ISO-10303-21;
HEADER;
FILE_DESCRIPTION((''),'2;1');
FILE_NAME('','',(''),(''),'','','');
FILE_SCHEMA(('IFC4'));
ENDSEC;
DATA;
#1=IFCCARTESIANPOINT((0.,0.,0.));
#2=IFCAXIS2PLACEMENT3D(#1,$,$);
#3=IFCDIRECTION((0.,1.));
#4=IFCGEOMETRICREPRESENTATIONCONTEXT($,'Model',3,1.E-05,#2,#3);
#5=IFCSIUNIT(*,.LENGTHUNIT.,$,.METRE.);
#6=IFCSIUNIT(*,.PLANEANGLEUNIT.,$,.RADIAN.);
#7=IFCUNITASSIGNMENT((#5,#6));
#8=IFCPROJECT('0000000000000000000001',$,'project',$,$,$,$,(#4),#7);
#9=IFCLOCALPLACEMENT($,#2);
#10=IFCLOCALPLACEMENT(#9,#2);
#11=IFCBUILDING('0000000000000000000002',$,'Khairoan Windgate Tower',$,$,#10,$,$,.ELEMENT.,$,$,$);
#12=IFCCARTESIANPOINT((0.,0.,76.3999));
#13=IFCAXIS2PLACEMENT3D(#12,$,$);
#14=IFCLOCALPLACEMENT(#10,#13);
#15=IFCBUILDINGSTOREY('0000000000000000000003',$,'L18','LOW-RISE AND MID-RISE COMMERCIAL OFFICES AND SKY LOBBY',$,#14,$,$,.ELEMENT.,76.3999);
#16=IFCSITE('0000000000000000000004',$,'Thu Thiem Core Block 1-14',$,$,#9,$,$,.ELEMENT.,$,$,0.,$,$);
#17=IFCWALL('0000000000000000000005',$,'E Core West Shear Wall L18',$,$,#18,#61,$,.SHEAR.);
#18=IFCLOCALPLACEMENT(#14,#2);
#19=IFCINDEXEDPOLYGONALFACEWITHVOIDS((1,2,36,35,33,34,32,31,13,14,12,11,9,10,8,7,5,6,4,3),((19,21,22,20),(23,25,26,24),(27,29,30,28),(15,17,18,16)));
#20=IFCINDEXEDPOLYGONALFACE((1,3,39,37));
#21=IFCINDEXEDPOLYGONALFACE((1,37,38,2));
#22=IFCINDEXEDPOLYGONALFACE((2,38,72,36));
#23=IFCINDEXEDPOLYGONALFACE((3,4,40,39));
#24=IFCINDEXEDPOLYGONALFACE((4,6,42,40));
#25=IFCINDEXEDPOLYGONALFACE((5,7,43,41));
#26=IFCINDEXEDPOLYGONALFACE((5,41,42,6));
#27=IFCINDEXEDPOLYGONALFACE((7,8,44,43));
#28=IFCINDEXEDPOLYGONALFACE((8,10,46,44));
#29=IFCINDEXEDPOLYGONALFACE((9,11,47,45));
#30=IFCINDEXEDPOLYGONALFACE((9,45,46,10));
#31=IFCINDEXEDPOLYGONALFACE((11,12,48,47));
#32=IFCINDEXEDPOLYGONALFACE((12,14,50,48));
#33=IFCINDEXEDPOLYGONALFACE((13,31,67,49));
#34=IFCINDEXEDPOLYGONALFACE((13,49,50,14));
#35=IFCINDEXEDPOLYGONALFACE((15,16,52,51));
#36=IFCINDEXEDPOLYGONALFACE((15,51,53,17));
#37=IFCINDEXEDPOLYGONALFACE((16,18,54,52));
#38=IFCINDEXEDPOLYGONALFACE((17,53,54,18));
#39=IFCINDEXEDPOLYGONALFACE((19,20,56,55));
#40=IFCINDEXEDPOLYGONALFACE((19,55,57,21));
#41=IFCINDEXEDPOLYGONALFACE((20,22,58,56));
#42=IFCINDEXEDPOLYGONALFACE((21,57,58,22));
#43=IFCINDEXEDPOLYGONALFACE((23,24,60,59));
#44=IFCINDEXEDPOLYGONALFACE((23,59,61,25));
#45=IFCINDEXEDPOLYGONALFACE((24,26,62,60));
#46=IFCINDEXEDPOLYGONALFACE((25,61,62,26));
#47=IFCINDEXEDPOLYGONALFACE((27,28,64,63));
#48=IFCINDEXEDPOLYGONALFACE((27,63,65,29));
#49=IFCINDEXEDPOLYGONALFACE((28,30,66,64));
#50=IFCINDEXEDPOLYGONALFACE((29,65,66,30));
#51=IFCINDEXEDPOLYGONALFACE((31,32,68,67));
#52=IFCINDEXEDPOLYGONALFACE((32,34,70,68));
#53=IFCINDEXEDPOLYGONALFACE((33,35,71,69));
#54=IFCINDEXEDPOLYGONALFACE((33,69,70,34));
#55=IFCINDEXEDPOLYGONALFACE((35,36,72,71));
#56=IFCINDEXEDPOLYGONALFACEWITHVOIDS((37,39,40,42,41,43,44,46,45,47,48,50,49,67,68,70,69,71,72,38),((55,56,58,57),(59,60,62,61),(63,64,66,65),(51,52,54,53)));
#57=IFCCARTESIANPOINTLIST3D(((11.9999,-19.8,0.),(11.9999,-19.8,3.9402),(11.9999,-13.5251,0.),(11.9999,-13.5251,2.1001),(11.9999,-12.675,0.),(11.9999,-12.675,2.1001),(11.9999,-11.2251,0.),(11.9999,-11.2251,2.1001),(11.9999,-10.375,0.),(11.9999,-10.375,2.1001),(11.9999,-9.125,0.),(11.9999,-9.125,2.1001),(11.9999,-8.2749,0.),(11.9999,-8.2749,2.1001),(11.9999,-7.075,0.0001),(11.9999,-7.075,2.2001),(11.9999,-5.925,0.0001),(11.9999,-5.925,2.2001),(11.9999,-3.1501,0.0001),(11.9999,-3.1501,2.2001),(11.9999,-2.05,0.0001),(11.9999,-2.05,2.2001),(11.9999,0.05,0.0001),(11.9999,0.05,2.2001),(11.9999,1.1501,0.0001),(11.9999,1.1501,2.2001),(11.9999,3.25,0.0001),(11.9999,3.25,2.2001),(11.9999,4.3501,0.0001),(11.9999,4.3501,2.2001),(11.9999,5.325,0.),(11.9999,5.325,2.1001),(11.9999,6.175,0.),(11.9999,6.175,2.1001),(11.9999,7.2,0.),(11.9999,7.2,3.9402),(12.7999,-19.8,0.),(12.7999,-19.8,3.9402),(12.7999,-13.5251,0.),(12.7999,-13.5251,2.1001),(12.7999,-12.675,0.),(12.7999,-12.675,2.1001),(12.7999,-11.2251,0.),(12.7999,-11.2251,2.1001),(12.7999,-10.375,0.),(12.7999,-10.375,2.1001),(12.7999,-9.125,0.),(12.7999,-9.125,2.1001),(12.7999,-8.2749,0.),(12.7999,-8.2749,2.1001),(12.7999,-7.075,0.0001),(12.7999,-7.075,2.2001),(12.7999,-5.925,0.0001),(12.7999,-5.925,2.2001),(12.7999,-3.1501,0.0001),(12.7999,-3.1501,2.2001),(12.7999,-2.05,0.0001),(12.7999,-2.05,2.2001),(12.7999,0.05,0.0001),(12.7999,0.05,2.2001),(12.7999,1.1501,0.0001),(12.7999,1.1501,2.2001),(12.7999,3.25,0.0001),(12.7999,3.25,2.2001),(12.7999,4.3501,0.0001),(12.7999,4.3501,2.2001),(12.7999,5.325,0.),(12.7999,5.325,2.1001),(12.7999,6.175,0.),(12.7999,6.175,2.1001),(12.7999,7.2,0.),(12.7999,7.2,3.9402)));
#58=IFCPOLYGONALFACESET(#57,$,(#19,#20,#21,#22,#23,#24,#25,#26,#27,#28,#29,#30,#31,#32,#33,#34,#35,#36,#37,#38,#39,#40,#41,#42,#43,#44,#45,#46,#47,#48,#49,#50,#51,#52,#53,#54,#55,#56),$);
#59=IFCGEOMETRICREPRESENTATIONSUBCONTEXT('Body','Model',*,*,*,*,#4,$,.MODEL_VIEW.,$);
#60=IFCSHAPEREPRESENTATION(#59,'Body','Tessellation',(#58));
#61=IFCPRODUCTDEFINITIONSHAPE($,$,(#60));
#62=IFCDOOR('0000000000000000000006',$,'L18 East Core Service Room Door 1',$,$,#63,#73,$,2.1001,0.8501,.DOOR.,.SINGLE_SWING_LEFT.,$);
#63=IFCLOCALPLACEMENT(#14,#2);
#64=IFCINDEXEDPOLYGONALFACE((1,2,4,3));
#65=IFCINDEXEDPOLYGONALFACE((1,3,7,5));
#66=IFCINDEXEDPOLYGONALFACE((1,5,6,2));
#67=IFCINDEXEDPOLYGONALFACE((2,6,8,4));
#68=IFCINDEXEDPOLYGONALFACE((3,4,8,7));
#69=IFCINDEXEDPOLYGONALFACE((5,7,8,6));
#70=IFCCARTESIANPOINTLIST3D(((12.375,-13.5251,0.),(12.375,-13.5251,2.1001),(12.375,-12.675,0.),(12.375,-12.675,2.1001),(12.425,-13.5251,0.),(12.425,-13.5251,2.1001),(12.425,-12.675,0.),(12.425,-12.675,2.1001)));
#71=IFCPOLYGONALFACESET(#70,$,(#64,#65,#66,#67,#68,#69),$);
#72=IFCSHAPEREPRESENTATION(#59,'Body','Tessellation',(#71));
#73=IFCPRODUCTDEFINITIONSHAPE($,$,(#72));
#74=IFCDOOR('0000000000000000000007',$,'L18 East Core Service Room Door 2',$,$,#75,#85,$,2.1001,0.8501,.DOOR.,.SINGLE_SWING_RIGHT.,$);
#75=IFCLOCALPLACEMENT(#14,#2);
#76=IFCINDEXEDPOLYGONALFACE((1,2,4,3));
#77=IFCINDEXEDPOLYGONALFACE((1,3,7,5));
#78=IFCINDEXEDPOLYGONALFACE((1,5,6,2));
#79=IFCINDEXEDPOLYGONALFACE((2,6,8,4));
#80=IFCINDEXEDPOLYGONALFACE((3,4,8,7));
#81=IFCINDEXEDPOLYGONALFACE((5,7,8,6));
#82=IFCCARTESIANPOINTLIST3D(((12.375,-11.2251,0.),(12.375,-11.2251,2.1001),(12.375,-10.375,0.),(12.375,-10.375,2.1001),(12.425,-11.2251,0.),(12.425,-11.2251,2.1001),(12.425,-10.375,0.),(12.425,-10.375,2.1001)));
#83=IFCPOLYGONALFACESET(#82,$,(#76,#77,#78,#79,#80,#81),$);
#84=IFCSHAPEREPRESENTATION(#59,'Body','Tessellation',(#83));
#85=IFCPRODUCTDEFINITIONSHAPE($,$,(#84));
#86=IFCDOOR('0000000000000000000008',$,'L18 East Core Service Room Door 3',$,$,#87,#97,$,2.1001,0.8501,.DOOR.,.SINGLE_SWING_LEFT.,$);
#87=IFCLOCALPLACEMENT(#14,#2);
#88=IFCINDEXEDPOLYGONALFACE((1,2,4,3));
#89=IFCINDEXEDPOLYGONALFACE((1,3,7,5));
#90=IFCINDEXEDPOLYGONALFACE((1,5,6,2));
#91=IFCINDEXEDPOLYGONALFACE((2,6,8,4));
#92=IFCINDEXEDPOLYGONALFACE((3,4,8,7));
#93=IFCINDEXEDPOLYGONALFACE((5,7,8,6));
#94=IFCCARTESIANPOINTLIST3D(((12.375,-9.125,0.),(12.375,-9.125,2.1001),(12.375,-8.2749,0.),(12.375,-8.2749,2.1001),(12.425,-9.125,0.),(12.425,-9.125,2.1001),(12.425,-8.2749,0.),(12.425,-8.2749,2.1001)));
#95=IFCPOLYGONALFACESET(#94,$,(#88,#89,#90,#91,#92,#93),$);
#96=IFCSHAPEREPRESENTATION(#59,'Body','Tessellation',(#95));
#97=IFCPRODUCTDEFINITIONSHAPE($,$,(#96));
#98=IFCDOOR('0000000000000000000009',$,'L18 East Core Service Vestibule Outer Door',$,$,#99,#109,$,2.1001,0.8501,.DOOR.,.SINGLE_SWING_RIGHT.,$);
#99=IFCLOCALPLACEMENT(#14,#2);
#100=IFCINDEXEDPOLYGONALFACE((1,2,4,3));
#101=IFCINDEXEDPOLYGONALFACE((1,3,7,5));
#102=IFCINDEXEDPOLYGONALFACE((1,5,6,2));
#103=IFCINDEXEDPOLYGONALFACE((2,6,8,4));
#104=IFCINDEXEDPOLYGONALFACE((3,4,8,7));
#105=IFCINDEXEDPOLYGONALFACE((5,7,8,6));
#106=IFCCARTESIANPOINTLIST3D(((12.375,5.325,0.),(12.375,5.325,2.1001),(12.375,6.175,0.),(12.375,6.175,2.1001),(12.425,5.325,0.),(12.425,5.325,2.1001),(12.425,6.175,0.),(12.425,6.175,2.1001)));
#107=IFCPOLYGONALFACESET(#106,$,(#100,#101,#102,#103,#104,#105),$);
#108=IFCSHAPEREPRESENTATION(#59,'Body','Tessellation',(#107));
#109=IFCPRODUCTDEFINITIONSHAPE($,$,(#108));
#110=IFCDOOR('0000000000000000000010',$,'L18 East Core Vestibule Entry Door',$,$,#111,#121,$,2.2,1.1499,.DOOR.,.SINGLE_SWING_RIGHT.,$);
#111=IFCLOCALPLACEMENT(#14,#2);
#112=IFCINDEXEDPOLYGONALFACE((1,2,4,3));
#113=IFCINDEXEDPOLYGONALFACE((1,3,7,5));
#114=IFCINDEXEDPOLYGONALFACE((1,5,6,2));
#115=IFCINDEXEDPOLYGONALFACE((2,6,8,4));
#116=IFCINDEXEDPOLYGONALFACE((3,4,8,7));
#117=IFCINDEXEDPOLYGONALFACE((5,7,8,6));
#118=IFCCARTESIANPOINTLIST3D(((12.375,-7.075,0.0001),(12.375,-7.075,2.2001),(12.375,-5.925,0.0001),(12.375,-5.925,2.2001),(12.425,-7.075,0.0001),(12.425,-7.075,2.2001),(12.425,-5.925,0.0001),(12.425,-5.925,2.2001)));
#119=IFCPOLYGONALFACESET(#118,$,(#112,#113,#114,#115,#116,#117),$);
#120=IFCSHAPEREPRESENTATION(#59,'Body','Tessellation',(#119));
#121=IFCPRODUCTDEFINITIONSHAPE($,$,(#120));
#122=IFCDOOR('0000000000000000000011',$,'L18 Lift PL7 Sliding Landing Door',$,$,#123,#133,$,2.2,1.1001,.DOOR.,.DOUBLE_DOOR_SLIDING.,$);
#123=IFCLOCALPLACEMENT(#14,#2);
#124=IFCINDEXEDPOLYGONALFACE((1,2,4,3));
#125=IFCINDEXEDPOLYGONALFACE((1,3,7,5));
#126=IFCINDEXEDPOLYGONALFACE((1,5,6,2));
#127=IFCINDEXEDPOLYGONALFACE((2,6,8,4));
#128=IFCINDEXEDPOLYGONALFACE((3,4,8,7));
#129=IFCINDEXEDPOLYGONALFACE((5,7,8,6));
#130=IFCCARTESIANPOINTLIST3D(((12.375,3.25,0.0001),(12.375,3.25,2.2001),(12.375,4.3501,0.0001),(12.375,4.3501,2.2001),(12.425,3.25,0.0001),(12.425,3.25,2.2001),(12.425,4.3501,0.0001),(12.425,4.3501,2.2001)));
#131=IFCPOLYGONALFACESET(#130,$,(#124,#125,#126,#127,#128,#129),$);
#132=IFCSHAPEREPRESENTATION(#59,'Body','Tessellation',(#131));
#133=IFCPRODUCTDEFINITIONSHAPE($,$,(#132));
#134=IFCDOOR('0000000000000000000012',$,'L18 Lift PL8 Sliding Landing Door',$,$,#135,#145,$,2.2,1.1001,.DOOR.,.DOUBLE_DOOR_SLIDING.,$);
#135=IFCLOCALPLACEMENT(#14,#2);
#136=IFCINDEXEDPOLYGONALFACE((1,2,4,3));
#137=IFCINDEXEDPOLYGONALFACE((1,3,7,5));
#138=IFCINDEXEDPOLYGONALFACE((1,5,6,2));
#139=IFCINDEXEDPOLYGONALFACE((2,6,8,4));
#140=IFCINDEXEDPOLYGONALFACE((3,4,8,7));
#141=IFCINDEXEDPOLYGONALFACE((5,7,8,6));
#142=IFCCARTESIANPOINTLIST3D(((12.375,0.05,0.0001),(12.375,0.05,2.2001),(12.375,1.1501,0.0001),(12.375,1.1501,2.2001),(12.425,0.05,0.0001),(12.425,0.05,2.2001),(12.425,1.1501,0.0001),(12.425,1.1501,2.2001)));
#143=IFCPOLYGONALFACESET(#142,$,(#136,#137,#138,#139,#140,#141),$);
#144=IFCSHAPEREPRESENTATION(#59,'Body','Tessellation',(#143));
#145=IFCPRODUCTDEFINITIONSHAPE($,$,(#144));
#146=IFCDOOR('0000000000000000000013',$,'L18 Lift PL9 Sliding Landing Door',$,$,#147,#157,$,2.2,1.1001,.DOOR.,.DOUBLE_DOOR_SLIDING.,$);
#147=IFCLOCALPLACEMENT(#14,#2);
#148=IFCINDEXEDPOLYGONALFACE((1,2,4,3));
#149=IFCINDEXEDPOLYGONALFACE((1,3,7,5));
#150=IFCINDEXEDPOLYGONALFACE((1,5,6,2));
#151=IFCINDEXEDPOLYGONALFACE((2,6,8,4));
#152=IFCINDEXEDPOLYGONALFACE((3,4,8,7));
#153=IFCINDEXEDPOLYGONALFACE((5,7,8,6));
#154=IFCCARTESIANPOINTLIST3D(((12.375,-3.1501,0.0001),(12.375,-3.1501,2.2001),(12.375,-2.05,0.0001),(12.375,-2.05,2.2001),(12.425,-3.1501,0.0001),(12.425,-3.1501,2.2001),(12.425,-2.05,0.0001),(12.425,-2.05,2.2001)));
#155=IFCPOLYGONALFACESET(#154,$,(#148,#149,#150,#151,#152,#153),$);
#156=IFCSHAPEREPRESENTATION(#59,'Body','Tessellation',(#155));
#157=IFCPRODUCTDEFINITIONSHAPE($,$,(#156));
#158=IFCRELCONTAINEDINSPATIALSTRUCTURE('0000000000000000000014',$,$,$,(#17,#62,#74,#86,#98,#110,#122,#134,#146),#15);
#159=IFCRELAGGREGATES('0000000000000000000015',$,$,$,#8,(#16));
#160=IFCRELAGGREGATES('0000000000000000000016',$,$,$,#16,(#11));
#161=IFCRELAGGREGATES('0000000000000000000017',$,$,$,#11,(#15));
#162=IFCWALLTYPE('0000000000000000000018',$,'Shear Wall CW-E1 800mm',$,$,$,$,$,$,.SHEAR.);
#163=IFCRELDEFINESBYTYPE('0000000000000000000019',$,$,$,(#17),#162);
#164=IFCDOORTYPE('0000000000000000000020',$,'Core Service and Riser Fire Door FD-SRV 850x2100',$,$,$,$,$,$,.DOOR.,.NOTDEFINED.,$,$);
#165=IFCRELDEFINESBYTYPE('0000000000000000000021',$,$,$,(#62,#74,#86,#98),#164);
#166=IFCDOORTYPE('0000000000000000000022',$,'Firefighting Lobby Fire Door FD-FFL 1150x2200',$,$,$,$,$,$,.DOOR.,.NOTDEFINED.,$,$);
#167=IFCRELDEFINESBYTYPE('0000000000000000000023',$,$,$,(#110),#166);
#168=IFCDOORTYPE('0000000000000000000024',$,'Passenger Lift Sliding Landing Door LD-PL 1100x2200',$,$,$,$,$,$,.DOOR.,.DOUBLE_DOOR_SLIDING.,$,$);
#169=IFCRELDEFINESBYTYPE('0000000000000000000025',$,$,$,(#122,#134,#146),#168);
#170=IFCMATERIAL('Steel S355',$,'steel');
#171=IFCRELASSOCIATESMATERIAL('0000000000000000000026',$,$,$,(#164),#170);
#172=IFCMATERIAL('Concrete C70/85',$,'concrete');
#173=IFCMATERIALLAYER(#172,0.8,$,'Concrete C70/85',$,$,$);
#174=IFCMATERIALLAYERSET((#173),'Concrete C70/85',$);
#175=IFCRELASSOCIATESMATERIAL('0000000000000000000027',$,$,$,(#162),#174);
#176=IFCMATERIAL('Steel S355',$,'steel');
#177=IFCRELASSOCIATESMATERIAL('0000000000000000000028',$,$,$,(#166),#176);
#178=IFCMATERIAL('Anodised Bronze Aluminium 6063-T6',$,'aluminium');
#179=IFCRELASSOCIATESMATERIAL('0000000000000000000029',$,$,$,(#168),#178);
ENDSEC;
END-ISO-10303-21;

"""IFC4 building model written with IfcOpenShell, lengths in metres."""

from ifc_helpers import new_model, si_unit, direction, frame, frame_2d, origin, place, context, subcontext, project, spatial, rectangle, extrude, material, layer, layer_set, type_object, element, fill, save


model = new_model("IFC4")

# Units and contexts
model_context = context("Model", 3, precision=1e-05, world=origin(), true_north=direction((0.0, 1.0)))
body_context = subcontext(model_context, "Body", "Model", "MODEL_VIEW")
ifc_project = project(units=[si_unit("LENGTHUNIT", "METRE"), si_unit("PLANEANGLEUNIT", "RADIAN")], contexts=[model_context])

# Site, building, storey
site_placement = place(None, origin())
site = spatial("IfcSite", under=ifc_project, at=site_placement, Name="Thu Thiem Core Block 1-14", CompositionType="ELEMENT", RefElevation=0.0)
building_placement = place(site_placement, origin())
building = spatial("IfcBuilding", under=site, at=building_placement, Name="Khairoan Windgate Tower", CompositionType="ELEMENT")
storey_placement = place(building_placement, frame((0.0, 0.0, 76.3999)))
storey = spatial("IfcBuildingStorey", under=building, at=storey_placement, Name="L18", Description="LOW-RISE AND MID-RISE COMMERCIAL OFFICES AND SKY LOBBY", CompositionType="ELEMENT", Elevation=76.3999)

# Shared definitions
ifc_material_1 = material(Name="Steel S355", Category="steel")
door_type_1 = type_object("IfcDoorType", Name="Core Service and Riser Fire Door FD-SRV 850x2100", OperationType="NOTDEFINED", PredefinedType="DOOR", material=ifc_material_1)

# Wall, openings, doors
ifc_material_2 = material(Name="Concrete C70/85", Category="concrete")
ifc_layer_1 = layer(ifc_material_2, 0.8, Name="Concrete C70/85")
ifc_layer_set_1 = layer_set([ifc_layer_1], Name="Concrete C70/85")
wall_type_1 = type_object("IfcWallType", Name="Shear Wall CW-E1 800mm", PredefinedType="SHEAR", material=ifc_layer_set_1)
wall_1_placement = place(storey_placement, frame((12.3999, -19.8, 0.0), z_axis=(0.0, 0.0, 1.0), x_axis=(0.0, 1.0, 0.0)))
wall_1 = element("IfcWall", 1, at=wall_1_placement, inside=storey, type_object=wall_type_1, Name="E Core West Shear Wall L18", PredefinedType="SHEAR", context=body_context, shape_type="SweptSolid", body=[
    extrude(rectangle(XDim=27.0, YDim=0.8, at=frame_2d((13.5, 0.0))), origin(), (0.0, 0.0, 1.0), 3.9402),
])
opening_1_placement = place(wall_1_placement, frame((23.05, 0.0, 0.0)))
opening_1 = element("IfcOpeningElement", 2, at=opening_1_placement, cuts=wall_1, PredefinedType="OPENING", context=body_context, shape_type="SweptSolid", body=[
    extrude(rectangle(XDim=1.1001, YDim=2.2, at=frame_2d((0.55, 1.1001))), frame((0.0, 0.4099, 0.0), z_axis=(0.0, -1.0, 0.0), x_axis=(1.0, 0.0, 0.0)), (0.0, 0.0, 1.0), 0.8201),
])
opening_2_placement = place(wall_1_placement, frame((19.8501, 0.0, 0.0)))
opening_2 = element("IfcOpeningElement", 3, at=opening_2_placement, cuts=wall_1, PredefinedType="OPENING", context=body_context, shape_type="SweptSolid", body=[
    extrude(rectangle(XDim=1.1001, YDim=2.2, at=frame_2d((0.55, 1.1001))), frame((0.0, 0.4099, 0.0), z_axis=(0.0, -1.0, 0.0), x_axis=(1.0, 0.0, 0.0)), (0.0, 0.0, 1.0), 0.8201),
])
opening_3_placement = place(wall_1_placement, frame((16.6499, 0.0, 0.0)))
opening_3 = element("IfcOpeningElement", 4, at=opening_3_placement, cuts=wall_1, PredefinedType="OPENING", context=body_context, shape_type="SweptSolid", body=[
    extrude(rectangle(XDim=1.1001, YDim=2.2, at=frame_2d((0.55, 1.1001))), frame((0.0, 0.4099, 0.0), z_axis=(0.0, -1.0, 0.0), x_axis=(1.0, 0.0, 0.0)), (0.0, 0.0, 1.0), 0.8201),
])
opening_4_placement = place(wall_1_placement, frame((6.2749, 0.0, 0.0)))
opening_4 = element("IfcOpeningElement", 5, at=opening_4_placement, cuts=wall_1, PredefinedType="OPENING", context=body_context, shape_type="SweptSolid", body=[
    extrude(rectangle(XDim=0.8501, YDim=2.1001, at=frame_2d((0.425, 1.05))), frame((0.0, 0.4099, 0.0), z_axis=(0.0, -1.0, 0.0), x_axis=(1.0, 0.0, 0.0)), (0.0, 0.0, 1.0), 0.8201),
])
opening_5_placement = place(wall_1_placement, frame((8.575, 0.0, 0.0)))
opening_5 = element("IfcOpeningElement", 6, at=opening_5_placement, cuts=wall_1, PredefinedType="OPENING", context=body_context, shape_type="SweptSolid", body=[
    extrude(rectangle(XDim=0.8501, YDim=2.1001, at=frame_2d((0.425, 1.05))), frame((0.0, 0.4099, 0.0), z_axis=(0.0, -1.0, 0.0), x_axis=(1.0, 0.0, 0.0)), (0.0, 0.0, 1.0), 0.8201),
])
opening_6_placement = place(wall_1_placement, frame((10.675, 0.0, 0.0)))
opening_6 = element("IfcOpeningElement", 7, at=opening_6_placement, cuts=wall_1, PredefinedType="OPENING", context=body_context, shape_type="SweptSolid", body=[
    extrude(rectangle(XDim=0.8501, YDim=2.1001, at=frame_2d((0.425, 1.05))), frame((0.0, 0.4099, 0.0), z_axis=(0.0, -1.0, 0.0), x_axis=(1.0, 0.0, 0.0)), (0.0, 0.0, 1.0), 0.8201),
])
opening_7_placement = place(wall_1_placement, frame((12.7251, 0.0, 0.0)))
opening_7 = element("IfcOpeningElement", 8, at=opening_7_placement, cuts=wall_1, PredefinedType="OPENING", context=body_context, shape_type="SweptSolid", body=[
    extrude(rectangle(XDim=1.1499, YDim=2.2, at=frame_2d((0.575, 1.1001))), frame((0.0, 0.4099, 0.0), z_axis=(0.0, -1.0, 0.0), x_axis=(1.0, 0.0, 0.0)), (0.0, 0.0, 1.0), 0.8201),
])
opening_8_placement = place(wall_1_placement, frame((25.125, 0.0, 0.0)))
opening_8 = element("IfcOpeningElement", 9, at=opening_8_placement, cuts=wall_1, PredefinedType="OPENING", context=body_context, shape_type="SweptSolid", body=[
    extrude(rectangle(XDim=0.8501, YDim=2.1001, at=frame_2d((0.425, 1.05))), frame((0.0, 0.4099, 0.0), z_axis=(0.0, -1.0, 0.0), x_axis=(1.0, 0.0, 0.0)), (0.0, 0.0, 1.0), 0.8201),
])
door_1_placement = place(opening_4_placement, origin())
door_1 = element("IfcDoor", 10, at=door_1_placement, inside=storey, type_object=door_type_1, Name="L18 East Core Service Room Door 1", OperationType="SINGLE_SWING_LEFT", OverallHeight=2.1001, OverallWidth=0.8501, PredefinedType="DOOR", context=body_context, shape_type="SweptSolid", body=[
    extrude(rectangle(XDim=0.8501, YDim=2.1001, at=frame_2d((0.425, 1.05))), frame((0.0, 0.0249, 0.0), z_axis=(0.0, -1.0, 0.0), x_axis=(1.0, 0.0, 0.0)), (0.0, 0.0, 1.0), 0.05),
])
fill(opening_4, door_1)
door_2_placement = place(opening_5_placement, origin())
door_2 = element("IfcDoor", 11, at=door_2_placement, inside=storey, type_object=door_type_1, Name="L18 East Core Service Room Door 2", OperationType="SINGLE_SWING_RIGHT", OverallHeight=2.1001, OverallWidth=0.8501, PredefinedType="DOOR", context=body_context, shape_type="SweptSolid", body=[
    extrude(rectangle(XDim=0.8501, YDim=2.1001, at=frame_2d((0.425, 1.05))), frame((0.0, 0.0249, 0.0), z_axis=(0.0, -1.0, 0.0), x_axis=(1.0, 0.0, 0.0)), (0.0, 0.0, 1.0), 0.05),
])
fill(opening_5, door_2)
door_3_placement = place(opening_6_placement, origin())
door_3 = element("IfcDoor", 12, at=door_3_placement, inside=storey, type_object=door_type_1, Name="L18 East Core Service Room Door 3", OperationType="SINGLE_SWING_LEFT", OverallHeight=2.1001, OverallWidth=0.8501, PredefinedType="DOOR", context=body_context, shape_type="SweptSolid", body=[
    extrude(rectangle(XDim=0.8501, YDim=2.1001, at=frame_2d((0.425, 1.05))), frame((0.0, 0.0249, 0.0), z_axis=(0.0, -1.0, 0.0), x_axis=(1.0, 0.0, 0.0)), (0.0, 0.0, 1.0), 0.05),
])
fill(opening_6, door_3)
door_4_placement = place(opening_8_placement, origin())
door_4 = element("IfcDoor", 13, at=door_4_placement, inside=storey, type_object=door_type_1, Name="L18 East Core Service Vestibule Outer Door", OperationType="SINGLE_SWING_RIGHT", OverallHeight=2.1001, OverallWidth=0.8501, PredefinedType="DOOR", context=body_context, shape_type="SweptSolid", body=[
    extrude(rectangle(XDim=0.8501, YDim=2.1001, at=frame_2d((0.425, 1.05))), frame((0.0, 0.0249, 0.0), z_axis=(0.0, -1.0, 0.0), x_axis=(1.0, 0.0, 0.0)), (0.0, 0.0, 1.0), 0.05),
])
fill(opening_8, door_4)
ifc_material_3 = material(Name="Steel S355", Category="steel")
door_type_2 = type_object("IfcDoorType", Name="Firefighting Lobby Fire Door FD-FFL 1150x2200", OperationType="NOTDEFINED", PredefinedType="DOOR", material=ifc_material_3)
door_5_placement = place(opening_7_placement, origin())
door_5 = element("IfcDoor", 14, at=door_5_placement, inside=storey, type_object=door_type_2, Name="L18 East Core Vestibule Entry Door", OperationType="SINGLE_SWING_RIGHT", OverallHeight=2.2, OverallWidth=1.1499, PredefinedType="DOOR", context=body_context, shape_type="SweptSolid", body=[
    extrude(rectangle(XDim=1.1499, YDim=2.2, at=frame_2d((0.575, 1.1001))), frame((0.0, 0.0249, 0.0), z_axis=(0.0, -1.0, 0.0), x_axis=(1.0, 0.0, 0.0)), (0.0, 0.0, 1.0), 0.05),
])
fill(opening_7, door_5)
ifc_material_4 = material(Name="Anodised Bronze Aluminium 6063-T6", Category="aluminium")
door_type_3 = type_object("IfcDoorType", Name="Passenger Lift Sliding Landing Door LD-PL 1100x2200", OperationType="DOUBLE_DOOR_SLIDING", PredefinedType="DOOR", material=ifc_material_4)
door_6_placement = place(opening_1_placement, origin())
door_6 = element("IfcDoor", 15, at=door_6_placement, inside=storey, type_object=door_type_3, Name="L18 Lift PL7 Sliding Landing Door", OperationType="DOUBLE_DOOR_SLIDING", OverallHeight=2.2, OverallWidth=1.1001, PredefinedType="DOOR", context=body_context, shape_type="SweptSolid", body=[
    extrude(rectangle(XDim=1.1001, YDim=2.2, at=frame_2d((0.55, 1.1001))), frame((0.0, 0.0249, 0.0), z_axis=(0.0, -1.0, 0.0), x_axis=(1.0, 0.0, 0.0)), (0.0, 0.0, 1.0), 0.05),
])
fill(opening_1, door_6)
door_7_placement = place(opening_2_placement, origin())
door_7 = element("IfcDoor", 16, at=door_7_placement, inside=storey, type_object=door_type_3, Name="L18 Lift PL8 Sliding Landing Door", OperationType="DOUBLE_DOOR_SLIDING", OverallHeight=2.2, OverallWidth=1.1001, PredefinedType="DOOR", context=body_context, shape_type="SweptSolid", body=[
    extrude(rectangle(XDim=1.1001, YDim=2.2, at=frame_2d((0.55, 1.1001))), frame((0.0, 0.0249, 0.0), z_axis=(0.0, -1.0, 0.0), x_axis=(1.0, 0.0, 0.0)), (0.0, 0.0, 1.0), 0.05),
])
fill(opening_2, door_7)
door_8_placement = place(opening_3_placement, origin())
door_8 = element("IfcDoor", 17, at=door_8_placement, inside=storey, type_object=door_type_3, Name="L18 Lift PL9 Sliding Landing Door", OperationType="DOUBLE_DOOR_SLIDING", OverallHeight=2.2, OverallWidth=1.1001, PredefinedType="DOOR", context=body_context, shape_type="SweptSolid", body=[
    extrude(rectangle(XDim=1.1001, YDim=2.2, at=frame_2d((0.55, 1.1001))), frame((0.0, 0.0249, 0.0), z_axis=(0.0, -1.0, 0.0), x_axis=(1.0, 0.0, 0.0)), (0.0, 0.0, 1.0), 0.05),
])
fill(opening_3, door_8)

save(model, "model.ifc")
